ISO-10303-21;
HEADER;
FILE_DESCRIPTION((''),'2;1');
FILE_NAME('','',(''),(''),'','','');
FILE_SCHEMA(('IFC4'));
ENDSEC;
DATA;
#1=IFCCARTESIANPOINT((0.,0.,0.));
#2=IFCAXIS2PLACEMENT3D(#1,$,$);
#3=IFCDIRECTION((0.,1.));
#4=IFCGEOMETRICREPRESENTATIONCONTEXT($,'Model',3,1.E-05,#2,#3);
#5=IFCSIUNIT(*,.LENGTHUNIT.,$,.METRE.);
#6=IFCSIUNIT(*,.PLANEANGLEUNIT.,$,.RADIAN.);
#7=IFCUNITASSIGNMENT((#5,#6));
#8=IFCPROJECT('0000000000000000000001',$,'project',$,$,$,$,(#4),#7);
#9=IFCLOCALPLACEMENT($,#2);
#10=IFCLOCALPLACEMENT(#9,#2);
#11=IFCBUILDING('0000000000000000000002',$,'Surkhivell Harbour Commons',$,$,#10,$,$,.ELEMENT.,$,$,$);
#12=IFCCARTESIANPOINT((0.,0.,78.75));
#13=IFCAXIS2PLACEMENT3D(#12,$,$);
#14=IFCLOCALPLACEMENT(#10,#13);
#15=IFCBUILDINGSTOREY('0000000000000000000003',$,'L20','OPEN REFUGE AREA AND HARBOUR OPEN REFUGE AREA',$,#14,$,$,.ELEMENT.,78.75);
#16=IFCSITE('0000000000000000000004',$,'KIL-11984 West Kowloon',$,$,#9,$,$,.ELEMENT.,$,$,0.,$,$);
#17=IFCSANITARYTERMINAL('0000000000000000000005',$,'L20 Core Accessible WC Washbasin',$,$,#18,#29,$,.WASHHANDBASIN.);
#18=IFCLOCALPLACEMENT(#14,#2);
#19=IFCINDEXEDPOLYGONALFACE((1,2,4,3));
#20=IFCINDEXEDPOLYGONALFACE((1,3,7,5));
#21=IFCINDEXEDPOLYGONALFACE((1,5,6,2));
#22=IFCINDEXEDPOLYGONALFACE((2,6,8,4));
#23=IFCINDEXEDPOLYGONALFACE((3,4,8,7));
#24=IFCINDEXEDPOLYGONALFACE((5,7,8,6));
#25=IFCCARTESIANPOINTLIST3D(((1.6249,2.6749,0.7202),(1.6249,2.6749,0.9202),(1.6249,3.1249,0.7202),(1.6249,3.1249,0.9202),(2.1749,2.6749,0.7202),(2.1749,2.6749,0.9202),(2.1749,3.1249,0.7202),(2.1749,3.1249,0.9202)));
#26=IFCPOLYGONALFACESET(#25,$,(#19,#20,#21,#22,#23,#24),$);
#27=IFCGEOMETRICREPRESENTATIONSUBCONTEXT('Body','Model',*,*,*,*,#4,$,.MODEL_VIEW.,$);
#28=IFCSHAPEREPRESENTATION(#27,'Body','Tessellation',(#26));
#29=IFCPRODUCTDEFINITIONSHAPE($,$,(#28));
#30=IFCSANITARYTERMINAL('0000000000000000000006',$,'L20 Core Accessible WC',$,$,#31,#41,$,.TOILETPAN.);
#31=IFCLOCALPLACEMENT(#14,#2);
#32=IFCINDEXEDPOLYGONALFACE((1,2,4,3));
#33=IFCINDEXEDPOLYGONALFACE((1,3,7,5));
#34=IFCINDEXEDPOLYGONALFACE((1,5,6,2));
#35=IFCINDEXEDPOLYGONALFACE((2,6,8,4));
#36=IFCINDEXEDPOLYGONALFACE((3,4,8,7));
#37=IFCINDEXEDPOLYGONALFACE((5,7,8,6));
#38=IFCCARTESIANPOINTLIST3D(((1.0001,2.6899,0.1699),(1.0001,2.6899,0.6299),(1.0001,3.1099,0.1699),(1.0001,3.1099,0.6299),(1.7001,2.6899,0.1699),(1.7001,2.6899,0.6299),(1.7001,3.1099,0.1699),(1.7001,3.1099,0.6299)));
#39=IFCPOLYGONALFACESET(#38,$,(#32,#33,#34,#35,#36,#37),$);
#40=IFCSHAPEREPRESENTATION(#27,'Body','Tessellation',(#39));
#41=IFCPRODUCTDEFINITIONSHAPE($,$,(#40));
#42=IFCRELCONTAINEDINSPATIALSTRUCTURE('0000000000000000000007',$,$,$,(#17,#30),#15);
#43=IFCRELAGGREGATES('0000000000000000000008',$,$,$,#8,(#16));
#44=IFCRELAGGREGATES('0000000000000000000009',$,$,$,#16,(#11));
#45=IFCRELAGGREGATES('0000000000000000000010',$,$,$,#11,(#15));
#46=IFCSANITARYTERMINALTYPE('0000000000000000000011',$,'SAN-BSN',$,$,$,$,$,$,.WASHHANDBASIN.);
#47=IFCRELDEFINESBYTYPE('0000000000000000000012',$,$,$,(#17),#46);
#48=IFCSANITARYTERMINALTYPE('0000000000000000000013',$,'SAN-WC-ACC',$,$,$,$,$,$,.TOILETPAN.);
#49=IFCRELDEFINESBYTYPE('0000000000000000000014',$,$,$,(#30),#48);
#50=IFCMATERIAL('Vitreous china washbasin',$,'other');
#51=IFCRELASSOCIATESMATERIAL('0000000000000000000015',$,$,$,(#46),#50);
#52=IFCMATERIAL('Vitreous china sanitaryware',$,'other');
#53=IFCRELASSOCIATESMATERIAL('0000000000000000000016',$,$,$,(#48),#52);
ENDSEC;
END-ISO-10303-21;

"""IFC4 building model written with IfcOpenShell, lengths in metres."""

from ifc_helpers import new_model, si_unit, direction, frame, origin, origin_2d, place, context, subcontext, project, spatial, rectangle, extrude, material, type_object, element, save


model = new_model("IFC4")

# Units and contexts
model_context = context("Model", 3, precision=1e-05, world=origin(), true_north=direction((0.0, 1.0)))
body_context = subcontext(model_context, "Body", "Model", "MODEL_VIEW")
ifc_project = project(units=[si_unit("LENGTHUNIT", "METRE"), si_unit("PLANEANGLEUNIT", "RADIAN")], contexts=[model_context])

# Site, building, storey
site_placement = place(None, origin())
site = spatial("IfcSite", under=ifc_project, at=site_placement, Name="KIL-11984 West Kowloon", CompositionType="ELEMENT", RefElevation=0.0)
building_placement = place(site_placement, origin())
building = spatial("IfcBuilding", under=site, at=building_placement, Name="Surkhivell Harbour Commons", CompositionType="ELEMENT")
storey_placement = place(building_placement, frame((0.0, 0.0, 78.75)))
storey = spatial("IfcBuildingStorey", under=building, at=storey_placement, Name="L20", Description="OPEN REFUGE AREA AND HARBOUR OPEN REFUGE AREA", CompositionType="ELEMENT", Elevation=78.75)

# Sanitary terminals
ifc_material_1 = material(Name="Vitreous china washbasin", Category="other")
sanitary_terminal_type_1 = type_object("IfcSanitaryTerminalType", Name="SAN-BSN", PredefinedType="WASHHANDBASIN", material=ifc_material_1)
sanitary_terminal_1_placement = place(storey_placement, frame((1.8999, 2.8999, 0.7202), z_axis=(0.0, 0.0, 1.0), x_axis=(1.0, 0.0, 0.0)))
element("IfcSanitaryTerminal", 1, at=sanitary_terminal_1_placement, inside=storey, type_object=sanitary_terminal_type_1, Name="L20 Core Accessible WC Washbasin", PredefinedType="WASHHANDBASIN", context=body_context, shape_type="SweptSolid", body=[
    extrude(rectangle(XDim=0.55, YDim=0.45, at=origin_2d()), origin(), (0.0, 0.0, 1.0), 0.2),
])
ifc_material_2 = material(Name="Vitreous china sanitaryware", Category="other")
sanitary_terminal_type_2 = type_object("IfcSanitaryTerminalType", Name="SAN-WC-ACC", PredefinedType="TOILETPAN", material=ifc_material_2)
sanitary_terminal_2_placement = place(storey_placement, frame((1.3501, 2.8999, 0.1699), z_axis=(0.0, 0.0, 1.0), x_axis=(1.0, 0.0, 0.0)))
element("IfcSanitaryTerminal", 2, at=sanitary_terminal_2_placement, inside=storey, type_object=sanitary_terminal_type_2, Name="L20 Core Accessible WC", PredefinedType="TOILETPAN", context=body_context, shape_type="SweptSolid", body=[
    extrude(rectangle(XDim=0.7, YDim=0.4199, at=origin_2d()), origin(), (0.0, 0.0, 1.0), 0.46),
])

save(model, "model.ifc")
